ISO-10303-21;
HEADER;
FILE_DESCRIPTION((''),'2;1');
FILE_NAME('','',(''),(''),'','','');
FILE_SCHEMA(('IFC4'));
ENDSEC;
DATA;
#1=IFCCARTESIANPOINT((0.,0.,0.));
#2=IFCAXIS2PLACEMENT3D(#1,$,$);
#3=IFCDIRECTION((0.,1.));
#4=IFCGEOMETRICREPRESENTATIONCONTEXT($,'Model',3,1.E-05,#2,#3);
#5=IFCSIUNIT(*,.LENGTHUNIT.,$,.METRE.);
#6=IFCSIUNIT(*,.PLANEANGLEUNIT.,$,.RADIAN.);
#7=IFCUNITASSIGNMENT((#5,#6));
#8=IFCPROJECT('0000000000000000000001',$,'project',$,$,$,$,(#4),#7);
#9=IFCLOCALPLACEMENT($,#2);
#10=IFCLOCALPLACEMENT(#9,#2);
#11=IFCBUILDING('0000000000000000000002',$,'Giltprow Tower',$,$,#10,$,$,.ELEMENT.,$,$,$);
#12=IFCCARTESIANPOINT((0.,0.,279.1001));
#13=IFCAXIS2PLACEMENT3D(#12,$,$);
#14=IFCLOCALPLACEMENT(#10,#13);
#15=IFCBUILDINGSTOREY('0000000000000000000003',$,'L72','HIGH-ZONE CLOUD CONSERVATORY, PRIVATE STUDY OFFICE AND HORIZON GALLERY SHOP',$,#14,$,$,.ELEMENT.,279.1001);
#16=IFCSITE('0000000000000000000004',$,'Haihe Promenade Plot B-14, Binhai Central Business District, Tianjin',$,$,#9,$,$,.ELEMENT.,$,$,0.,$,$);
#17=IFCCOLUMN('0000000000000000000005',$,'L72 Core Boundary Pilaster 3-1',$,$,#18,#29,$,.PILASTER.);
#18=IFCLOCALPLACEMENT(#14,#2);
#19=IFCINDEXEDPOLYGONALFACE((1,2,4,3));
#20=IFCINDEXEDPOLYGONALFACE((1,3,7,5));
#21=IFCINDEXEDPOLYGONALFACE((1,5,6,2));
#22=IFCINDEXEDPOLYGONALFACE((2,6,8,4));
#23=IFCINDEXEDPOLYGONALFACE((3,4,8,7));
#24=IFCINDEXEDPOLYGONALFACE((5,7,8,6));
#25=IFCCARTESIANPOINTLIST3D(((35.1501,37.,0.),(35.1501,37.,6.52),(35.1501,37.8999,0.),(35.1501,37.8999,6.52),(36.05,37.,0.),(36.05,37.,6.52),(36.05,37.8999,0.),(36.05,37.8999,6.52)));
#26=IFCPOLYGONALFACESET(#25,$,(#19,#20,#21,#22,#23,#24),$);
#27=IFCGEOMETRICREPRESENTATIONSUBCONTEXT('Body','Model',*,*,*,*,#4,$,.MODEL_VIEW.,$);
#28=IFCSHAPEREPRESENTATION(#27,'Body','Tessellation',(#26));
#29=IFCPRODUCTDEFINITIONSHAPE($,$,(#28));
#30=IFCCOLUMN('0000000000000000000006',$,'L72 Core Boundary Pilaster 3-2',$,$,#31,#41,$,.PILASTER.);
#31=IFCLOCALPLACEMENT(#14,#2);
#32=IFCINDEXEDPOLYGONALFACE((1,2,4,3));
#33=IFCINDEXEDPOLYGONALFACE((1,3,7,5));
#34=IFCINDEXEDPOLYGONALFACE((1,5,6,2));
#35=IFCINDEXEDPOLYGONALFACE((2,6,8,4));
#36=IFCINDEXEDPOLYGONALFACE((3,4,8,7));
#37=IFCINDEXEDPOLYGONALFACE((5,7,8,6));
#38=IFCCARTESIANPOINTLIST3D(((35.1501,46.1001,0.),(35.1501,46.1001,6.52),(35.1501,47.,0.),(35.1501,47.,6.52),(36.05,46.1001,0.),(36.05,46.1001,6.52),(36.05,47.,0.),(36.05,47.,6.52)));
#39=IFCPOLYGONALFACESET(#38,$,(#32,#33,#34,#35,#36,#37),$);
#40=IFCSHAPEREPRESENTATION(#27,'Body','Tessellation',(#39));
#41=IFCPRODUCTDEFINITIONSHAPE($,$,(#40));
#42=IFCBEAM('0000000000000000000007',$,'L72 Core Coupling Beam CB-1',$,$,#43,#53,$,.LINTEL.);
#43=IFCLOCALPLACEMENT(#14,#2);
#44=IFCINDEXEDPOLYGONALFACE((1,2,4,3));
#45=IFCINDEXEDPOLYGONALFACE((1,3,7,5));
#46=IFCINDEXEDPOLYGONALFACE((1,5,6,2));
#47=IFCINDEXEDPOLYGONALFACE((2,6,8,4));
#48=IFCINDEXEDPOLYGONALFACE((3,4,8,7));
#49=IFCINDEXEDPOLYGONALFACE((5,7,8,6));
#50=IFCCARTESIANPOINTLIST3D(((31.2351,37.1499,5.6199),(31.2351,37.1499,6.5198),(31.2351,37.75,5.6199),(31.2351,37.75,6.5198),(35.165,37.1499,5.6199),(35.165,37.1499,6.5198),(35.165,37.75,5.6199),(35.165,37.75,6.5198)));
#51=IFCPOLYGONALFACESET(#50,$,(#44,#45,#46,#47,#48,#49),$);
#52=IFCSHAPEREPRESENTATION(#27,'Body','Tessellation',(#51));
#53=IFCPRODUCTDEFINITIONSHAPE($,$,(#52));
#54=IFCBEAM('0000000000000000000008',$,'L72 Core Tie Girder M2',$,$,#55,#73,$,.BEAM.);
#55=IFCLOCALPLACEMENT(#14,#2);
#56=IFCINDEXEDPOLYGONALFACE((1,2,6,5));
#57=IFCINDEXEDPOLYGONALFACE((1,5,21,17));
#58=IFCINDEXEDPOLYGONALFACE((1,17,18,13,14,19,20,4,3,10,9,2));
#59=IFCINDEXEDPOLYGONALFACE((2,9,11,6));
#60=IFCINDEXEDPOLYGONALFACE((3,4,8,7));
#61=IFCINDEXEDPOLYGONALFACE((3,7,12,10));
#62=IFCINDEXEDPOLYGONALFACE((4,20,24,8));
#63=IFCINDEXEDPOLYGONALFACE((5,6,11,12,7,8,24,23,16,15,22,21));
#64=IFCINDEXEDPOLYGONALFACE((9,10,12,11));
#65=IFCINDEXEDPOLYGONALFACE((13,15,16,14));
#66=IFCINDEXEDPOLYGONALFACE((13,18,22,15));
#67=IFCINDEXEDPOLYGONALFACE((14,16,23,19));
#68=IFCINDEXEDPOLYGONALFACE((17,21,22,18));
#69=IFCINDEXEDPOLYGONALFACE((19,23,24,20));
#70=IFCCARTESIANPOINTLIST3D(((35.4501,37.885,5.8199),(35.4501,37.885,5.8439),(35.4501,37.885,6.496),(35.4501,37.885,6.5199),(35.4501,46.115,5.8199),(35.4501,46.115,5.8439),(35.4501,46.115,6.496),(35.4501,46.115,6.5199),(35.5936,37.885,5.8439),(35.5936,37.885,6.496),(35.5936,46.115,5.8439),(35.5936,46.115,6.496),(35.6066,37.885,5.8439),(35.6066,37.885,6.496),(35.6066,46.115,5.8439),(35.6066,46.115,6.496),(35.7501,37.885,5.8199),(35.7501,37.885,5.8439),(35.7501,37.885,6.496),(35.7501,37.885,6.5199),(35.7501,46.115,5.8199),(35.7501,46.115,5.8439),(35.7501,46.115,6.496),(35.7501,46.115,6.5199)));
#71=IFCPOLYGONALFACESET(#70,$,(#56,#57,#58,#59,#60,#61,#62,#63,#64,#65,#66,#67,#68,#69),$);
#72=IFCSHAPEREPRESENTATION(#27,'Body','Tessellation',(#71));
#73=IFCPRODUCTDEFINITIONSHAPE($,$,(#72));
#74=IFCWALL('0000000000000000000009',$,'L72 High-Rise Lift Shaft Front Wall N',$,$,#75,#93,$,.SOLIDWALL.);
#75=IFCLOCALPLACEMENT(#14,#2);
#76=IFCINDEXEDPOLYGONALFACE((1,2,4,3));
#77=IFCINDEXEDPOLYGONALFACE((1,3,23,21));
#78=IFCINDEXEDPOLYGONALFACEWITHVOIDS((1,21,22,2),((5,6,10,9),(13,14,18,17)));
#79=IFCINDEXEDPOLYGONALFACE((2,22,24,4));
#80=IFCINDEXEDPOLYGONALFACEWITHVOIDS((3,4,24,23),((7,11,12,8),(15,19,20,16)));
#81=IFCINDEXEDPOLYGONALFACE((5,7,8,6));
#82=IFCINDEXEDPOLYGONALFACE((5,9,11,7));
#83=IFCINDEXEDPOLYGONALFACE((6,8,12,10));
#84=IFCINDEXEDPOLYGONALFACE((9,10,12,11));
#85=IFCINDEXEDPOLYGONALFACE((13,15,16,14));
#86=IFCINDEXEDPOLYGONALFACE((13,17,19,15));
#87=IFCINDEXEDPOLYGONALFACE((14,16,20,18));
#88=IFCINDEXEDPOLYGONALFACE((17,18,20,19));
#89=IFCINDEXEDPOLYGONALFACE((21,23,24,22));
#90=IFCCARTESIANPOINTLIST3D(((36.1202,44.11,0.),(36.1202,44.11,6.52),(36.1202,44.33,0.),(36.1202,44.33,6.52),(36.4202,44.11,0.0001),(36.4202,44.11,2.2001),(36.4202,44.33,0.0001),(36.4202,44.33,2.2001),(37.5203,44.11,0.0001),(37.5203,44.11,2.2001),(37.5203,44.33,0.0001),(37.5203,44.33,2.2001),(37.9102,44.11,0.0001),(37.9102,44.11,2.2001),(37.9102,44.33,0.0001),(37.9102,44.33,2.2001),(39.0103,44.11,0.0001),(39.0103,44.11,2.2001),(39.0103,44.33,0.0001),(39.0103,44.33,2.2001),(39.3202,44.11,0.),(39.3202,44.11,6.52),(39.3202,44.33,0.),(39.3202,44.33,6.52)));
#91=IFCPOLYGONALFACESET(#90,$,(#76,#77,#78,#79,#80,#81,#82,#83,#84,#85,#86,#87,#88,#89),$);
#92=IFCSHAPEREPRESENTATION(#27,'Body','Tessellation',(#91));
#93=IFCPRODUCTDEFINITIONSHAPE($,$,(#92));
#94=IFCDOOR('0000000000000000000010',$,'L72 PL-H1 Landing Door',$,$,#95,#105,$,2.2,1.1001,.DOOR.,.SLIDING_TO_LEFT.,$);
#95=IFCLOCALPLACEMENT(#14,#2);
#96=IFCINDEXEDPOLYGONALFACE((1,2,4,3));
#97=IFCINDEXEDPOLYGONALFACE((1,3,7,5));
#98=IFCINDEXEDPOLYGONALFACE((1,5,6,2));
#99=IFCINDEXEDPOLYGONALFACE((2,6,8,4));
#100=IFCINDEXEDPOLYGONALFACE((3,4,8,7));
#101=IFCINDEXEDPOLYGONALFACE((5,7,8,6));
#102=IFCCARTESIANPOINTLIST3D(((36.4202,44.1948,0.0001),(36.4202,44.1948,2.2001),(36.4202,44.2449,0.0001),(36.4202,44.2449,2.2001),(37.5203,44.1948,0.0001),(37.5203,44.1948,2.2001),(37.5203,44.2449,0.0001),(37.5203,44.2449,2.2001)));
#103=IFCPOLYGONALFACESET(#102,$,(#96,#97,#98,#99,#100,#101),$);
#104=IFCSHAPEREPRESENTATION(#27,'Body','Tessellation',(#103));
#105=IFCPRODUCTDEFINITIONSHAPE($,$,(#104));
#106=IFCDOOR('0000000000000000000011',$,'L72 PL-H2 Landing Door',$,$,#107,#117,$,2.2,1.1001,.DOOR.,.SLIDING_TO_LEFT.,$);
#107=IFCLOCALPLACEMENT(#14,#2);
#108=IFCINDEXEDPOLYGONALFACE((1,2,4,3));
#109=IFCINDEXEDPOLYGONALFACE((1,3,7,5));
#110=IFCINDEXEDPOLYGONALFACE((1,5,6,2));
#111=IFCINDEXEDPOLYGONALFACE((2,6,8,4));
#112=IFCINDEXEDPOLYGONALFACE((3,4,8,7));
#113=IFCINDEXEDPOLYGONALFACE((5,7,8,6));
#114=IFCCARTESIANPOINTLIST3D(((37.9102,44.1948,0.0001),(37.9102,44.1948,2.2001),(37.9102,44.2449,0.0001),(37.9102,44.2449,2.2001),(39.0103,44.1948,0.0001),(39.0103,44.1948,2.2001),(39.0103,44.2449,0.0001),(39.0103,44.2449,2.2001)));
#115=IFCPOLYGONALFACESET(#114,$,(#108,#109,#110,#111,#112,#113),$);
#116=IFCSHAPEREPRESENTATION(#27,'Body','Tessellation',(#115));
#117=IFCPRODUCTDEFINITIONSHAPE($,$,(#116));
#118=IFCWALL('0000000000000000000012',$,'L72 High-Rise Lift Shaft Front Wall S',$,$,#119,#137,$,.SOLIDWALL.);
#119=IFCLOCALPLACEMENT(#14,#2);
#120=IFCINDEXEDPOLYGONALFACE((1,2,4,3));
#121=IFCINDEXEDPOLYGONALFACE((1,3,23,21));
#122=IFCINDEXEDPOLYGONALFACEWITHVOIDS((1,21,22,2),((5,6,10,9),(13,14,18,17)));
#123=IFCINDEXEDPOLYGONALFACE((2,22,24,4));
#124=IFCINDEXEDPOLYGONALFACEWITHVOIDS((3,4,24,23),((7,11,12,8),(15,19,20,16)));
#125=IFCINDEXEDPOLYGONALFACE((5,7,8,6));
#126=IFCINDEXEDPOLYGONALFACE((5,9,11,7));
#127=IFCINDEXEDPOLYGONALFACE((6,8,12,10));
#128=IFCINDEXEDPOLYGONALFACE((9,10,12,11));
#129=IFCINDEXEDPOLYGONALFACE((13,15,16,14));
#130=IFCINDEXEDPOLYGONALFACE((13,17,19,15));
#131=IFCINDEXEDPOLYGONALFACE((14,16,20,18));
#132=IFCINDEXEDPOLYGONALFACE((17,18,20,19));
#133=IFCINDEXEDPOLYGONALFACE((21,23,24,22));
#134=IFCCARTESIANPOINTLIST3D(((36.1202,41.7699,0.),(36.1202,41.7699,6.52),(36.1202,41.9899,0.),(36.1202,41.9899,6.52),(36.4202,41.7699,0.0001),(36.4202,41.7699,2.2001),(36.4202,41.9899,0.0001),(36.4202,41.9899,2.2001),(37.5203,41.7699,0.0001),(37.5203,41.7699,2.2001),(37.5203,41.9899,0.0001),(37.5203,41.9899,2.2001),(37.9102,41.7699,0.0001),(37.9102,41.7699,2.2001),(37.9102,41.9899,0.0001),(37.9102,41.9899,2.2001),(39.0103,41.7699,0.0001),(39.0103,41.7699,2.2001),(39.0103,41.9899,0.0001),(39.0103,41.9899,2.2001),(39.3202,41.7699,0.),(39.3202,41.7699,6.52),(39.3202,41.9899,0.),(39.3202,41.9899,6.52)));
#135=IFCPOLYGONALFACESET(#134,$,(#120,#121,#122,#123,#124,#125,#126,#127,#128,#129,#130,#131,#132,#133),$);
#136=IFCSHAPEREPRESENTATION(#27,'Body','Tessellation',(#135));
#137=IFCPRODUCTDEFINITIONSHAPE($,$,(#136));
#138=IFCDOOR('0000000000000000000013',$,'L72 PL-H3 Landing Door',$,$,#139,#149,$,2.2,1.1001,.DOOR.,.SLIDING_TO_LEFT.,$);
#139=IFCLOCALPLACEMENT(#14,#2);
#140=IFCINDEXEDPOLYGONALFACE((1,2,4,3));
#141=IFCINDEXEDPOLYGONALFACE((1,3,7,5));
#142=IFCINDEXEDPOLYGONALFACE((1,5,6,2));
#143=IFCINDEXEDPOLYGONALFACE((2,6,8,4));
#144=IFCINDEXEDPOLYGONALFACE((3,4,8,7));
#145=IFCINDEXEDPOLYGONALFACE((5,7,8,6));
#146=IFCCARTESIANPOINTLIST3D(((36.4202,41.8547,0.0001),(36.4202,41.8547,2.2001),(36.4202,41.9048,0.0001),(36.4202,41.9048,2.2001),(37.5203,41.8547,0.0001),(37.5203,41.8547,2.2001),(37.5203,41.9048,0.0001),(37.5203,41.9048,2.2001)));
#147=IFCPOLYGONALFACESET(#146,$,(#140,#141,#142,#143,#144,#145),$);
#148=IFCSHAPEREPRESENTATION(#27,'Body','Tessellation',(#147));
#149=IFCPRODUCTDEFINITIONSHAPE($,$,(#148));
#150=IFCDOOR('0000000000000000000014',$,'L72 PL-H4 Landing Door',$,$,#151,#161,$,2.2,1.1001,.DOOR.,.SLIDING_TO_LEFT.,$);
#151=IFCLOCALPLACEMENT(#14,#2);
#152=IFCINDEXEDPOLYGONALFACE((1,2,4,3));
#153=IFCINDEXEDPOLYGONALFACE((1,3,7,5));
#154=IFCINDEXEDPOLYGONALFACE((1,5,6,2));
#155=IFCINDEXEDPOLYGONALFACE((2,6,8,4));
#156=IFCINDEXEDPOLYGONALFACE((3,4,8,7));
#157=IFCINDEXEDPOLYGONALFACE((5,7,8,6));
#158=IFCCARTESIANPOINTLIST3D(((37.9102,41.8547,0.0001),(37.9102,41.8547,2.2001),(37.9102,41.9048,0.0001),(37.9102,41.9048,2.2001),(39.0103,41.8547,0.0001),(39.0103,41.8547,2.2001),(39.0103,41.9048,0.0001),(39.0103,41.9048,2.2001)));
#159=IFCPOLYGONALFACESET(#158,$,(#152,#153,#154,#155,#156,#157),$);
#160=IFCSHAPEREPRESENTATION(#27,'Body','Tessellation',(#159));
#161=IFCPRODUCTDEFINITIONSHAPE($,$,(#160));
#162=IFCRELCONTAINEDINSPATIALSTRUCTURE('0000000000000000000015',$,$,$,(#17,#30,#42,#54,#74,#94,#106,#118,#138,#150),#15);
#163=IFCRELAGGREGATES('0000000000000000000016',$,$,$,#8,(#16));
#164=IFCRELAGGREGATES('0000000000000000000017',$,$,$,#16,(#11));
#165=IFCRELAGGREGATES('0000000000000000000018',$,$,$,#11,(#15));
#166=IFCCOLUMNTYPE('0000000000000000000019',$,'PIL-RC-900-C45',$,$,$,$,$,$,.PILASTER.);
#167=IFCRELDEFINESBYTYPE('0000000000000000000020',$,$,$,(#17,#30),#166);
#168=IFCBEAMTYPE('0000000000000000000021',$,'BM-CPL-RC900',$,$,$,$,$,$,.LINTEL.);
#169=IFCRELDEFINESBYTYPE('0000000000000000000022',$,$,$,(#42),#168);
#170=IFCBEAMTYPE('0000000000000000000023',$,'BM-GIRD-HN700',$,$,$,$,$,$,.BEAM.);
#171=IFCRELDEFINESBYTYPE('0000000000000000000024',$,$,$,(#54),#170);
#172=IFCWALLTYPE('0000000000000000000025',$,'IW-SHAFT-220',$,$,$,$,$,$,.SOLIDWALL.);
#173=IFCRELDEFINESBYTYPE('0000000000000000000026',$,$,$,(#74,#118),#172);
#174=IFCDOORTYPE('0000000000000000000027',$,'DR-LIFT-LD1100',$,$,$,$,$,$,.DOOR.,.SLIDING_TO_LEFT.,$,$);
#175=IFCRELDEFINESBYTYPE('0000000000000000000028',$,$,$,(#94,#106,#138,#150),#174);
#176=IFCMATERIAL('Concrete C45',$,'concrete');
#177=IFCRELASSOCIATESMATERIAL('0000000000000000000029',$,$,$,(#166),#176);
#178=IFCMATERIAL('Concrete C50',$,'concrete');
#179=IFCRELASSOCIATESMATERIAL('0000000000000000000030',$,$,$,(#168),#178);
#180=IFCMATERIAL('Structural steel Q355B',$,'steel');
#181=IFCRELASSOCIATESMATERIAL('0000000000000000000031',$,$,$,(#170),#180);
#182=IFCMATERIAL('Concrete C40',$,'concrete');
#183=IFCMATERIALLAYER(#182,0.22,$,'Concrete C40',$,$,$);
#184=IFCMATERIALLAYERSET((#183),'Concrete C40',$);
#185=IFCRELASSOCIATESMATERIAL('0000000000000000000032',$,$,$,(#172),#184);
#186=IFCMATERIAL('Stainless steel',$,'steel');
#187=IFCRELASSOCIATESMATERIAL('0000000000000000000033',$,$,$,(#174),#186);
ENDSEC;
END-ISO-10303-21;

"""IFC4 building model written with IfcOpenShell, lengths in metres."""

from ifc_helpers import new_model, si_unit, direction, frame, frame_2d, origin, origin_2d, place, context, subcontext, project, spatial, rectangle, i_section, extrude, source, transform, mapped, material, layer, layer_set, material_profile, profile_set, type_object, element, fill, save


model = new_model("IFC4")

# Units and contexts
model_context = context("Model", 3, precision=1e-05, world=origin(), true_north=direction((0.0, 1.0)))
body_context = subcontext(model_context, "Body", "Model", "MODEL_VIEW")
ifc_project = project(units=[si_unit("LENGTHUNIT", "METRE"), si_unit("PLANEANGLEUNIT", "RADIAN")], contexts=[model_context])

# Site, building, storey
site_placement = place(None, origin())
site = spatial("IfcSite", under=ifc_project, at=site_placement, Name="Haihe Promenade Plot B-14, Binhai Central Business District, Tianjin", CompositionType="ELEMENT", RefElevation=0.0)
building_placement = place(site_placement, origin())
building = spatial("IfcBuilding", under=site, at=building_placement, Name="Giltprow Tower", CompositionType="ELEMENT")
storey_placement = place(building_placement, frame((0.0, 0.0, 279.1001)))
storey = spatial("IfcBuildingStorey", under=building, at=storey_placement, Name="L72", Description="HIGH-ZONE CLOUD CONSERVATORY, PRIVATE STUDY OFFICE AND HORIZON GALLERY SHOP", CompositionType="ELEMENT", Elevation=279.1001)

# Columns
ifc_material_1 = material(Name="Concrete C45", Category="concrete")
ifc_material_profile_1 = material_profile(ifc_material_1, rectangle(XDim=0.8999, YDim=0.8999, at=origin_2d()), Name="RC 900x900")
ifc_profile_set_1 = profile_set([ifc_material_profile_1], Name="Concrete C45")
column_type = type_object("IfcColumnType", Name="PIL-RC-900-C45", PredefinedType="PILASTER", material=ifc_profile_set_1)
shared_shape_1 = source(origin(), body_context, "Body", "SweptSolid", [
    extrude(rectangle(XDim=0.8999, YDim=0.8999, at=origin_2d()), origin(), (0.0, 0.0, 1.0), 6.52),
])
for number, where, z_axis, x_axis, name in (
    (1, (35.6001, 37.45, 0.0), (0.0, 0.0, 1.0), (1.0, 0.0, 0.0), "L72 Core Boundary Pilaster 3-1"),
    (2, (35.6001, 46.55, 0.0), (0.0, 0.0, 1.0), (1.0, 0.0, 0.0), "L72 Core Boundary Pilaster 3-2"),
):
    element("IfcColumn", number, at=place(storey_placement, frame(where, z_axis=z_axis, x_axis=x_axis)), inside=storey, type_object=column_type, Name=name, PredefinedType="PILASTER", context=body_context, shape_type="MappedRepresentation", body=[
        mapped(shared_shape_1, transform((0.0, 0.0, 0.0), x_axis=(1.0, 0.0, 0.0), y_axis=(0.0, 1.0, 0.0), z_axis=(0.0, 0.0, 1.0), scale=1.0)),
    ])

# Beams
ifc_material_2 = material(Name="Concrete C50", Category="concrete")
ifc_material_profile_2 = material_profile(ifc_material_2, rectangle(XDim=0.6001, YDim=0.8999, at=origin_2d()), Name="RC 900x600")
ifc_profile_set_2 = profile_set([ifc_material_profile_2], Name="Concrete C50")
beam_type_1 = type_object("IfcBeamType", Name="BM-CPL-RC900", PredefinedType="LINTEL", material=ifc_profile_set_2)
shared_shape_2 = source(origin(), body_context, "Body", "SweptSolid", [
    extrude(rectangle(XDim=0.6001, YDim=0.8999, at=origin_2d()), origin(), (0.0, 0.0, 1.0), 3.9299),
])
beam_1_placement = place(storey_placement, frame((31.2351, 37.45, 6.0698), z_axis=(1.0, 0.0, 0.0), x_axis=(0.0, 1.0, 0.0)))
element("IfcBeam", 3, at=beam_1_placement, inside=storey, type_object=beam_type_1, Name="L72 Core Coupling Beam CB-1", PredefinedType="LINTEL", context=body_context, shape_type="MappedRepresentation", body=[
    mapped(shared_shape_2, transform((0.0, 0.0, 0.0), x_axis=(1.0, 0.0, 0.0), y_axis=(0.0, 1.0, 0.0), z_axis=(0.0, 0.0, 1.0), scale=1.0)),
])
ifc_material_3 = material(Name="Structural steel Q355B", Category="steel")
ifc_material_profile_3 = material_profile(ifc_material_3, i_section(OverallWidth=0.3, OverallDepth=0.7, WebThickness=0.0129, FlangeThickness=0.0239, at=origin_2d()), Name="HN 700x300x13x24")
ifc_profile_set_3 = profile_set([ifc_material_profile_3], Name="Structural steel Q355B")
beam_type_2 = type_object("IfcBeamType", Name="BM-GIRD-HN700", PredefinedType="BEAM", material=ifc_profile_set_3)
shared_shape_3 = source(origin(), body_context, "Body", "SweptSolid", [
    extrude(i_section(OverallWidth=0.3, OverallDepth=0.7, WebThickness=0.0129, FlangeThickness=0.0239, at=origin_2d()), origin(), (0.0, 0.0, 1.0), 8.23),
])
beam_2_placement = place(storey_placement, frame((35.6001, 37.885, 6.1699), z_axis=(0.0, 1.0, 0.0), x_axis=(-1.0, 0.0, 0.0)))
element("IfcBeam", 4, at=beam_2_placement, inside=storey, type_object=beam_type_2, Name="L72 Core Tie Girder M2", PredefinedType="BEAM", context=body_context, shape_type="MappedRepresentation", body=[
    mapped(shared_shape_3, transform((0.0, 0.0, 0.0), x_axis=(1.0, 0.0, 0.0), y_axis=(0.0, 1.0, 0.0), z_axis=(0.0, 0.0, 1.0), scale=1.0)),
])

# Walls, openings, doors
ifc_material_4 = material(Name="Concrete C40", Category="concrete")
ifc_layer_1 = layer(ifc_material_4, 0.22, Name="Concrete C40")
ifc_layer_set_1 = layer_set([ifc_layer_1], Name="Concrete C40")
wall_type_1 = type_object("IfcWallType", Name="IW-SHAFT-220", PredefinedType="SOLIDWALL", material=ifc_layer_set_1)
wall_1_placement = place(storey_placement, frame((36.1201, 44.22, 0.0), z_axis=(0.0, 0.0, 1.0), x_axis=(1.0, 0.0, 0.0)))
wall_1 = element("IfcWall", 5, at=wall_1_placement, inside=storey, type_object=wall_type_1, Name="L72 High-Rise Lift Shaft Front Wall N", PredefinedType="SOLIDWALL", context=body_context, shape_type="SweptSolid", body=[
    extrude(rectangle(XDim=3.2, YDim=0.22, at=frame_2d((1.6001, 0.0))), origin(), (0.0, 0.0, 1.0), 6.52),
])
opening_1_placement = place(wall_1_placement, frame((0.3, 0.0, 0.0)))
opening_1 = element("IfcOpeningElement", 6, at=opening_1_placement, cuts=wall_1, PredefinedType="OPENING", context=body_context, shape_type="SweptSolid", body=[
    extrude(rectangle(XDim=1.1001, YDim=2.2, at=frame_2d((0.55, 1.1001))), frame((0.0, 0.1199, 0.0), z_axis=(0.0, -1.0, 0.0), x_axis=(1.0, 0.0, 0.0)), (0.0, 0.0, 1.0), 0.24),
])
opening_2_placement = place(wall_1_placement, frame((1.79, 0.0, 0.0)))
opening_2 = element("IfcOpeningElement", 7, at=opening_2_placement, cuts=wall_1, PredefinedType="OPENING", context=body_context, shape_type="SweptSolid", body=[
    extrude(rectangle(XDim=1.1001, YDim=2.2, at=frame_2d((0.55, 1.1001))), frame((0.0, 0.1199, 0.0), z_axis=(0.0, -1.0, 0.0), x_axis=(1.0, 0.0, 0.0)), (0.0, 0.0, 1.0), 0.24),
])
ifc_material_5 = material(Name="Stainless steel", Category="steel")
door_type_1 = type_object("IfcDoorType", Name="DR-LIFT-LD1100", OperationType="SLIDING_TO_LEFT", PredefinedType="DOOR", material=ifc_material_5)
shared_shape_4 = source(origin(), body_context, "Body", "SweptSolid", [
    extrude(rectangle(XDim=1.1001, YDim=2.2, at=frame_2d((0.55, 1.1001))), frame((0.0, 0.0249, 0.0), z_axis=(0.0, -1.0, 0.0), x_axis=(1.0, 0.0, 0.0)), (0.0, 0.0, 1.0), 0.05),
])
door_1_placement = place(opening_1_placement, origin())
door_1 = element("IfcDoor", 8, at=door_1_placement, inside=storey, type_object=door_type_1, Name="L72 PL-H1 Landing Door", OperationType="SLIDING_TO_LEFT", OverallHeight=2.2, OverallWidth=1.1001, PredefinedType="DOOR", context=body_context, shape_type="MappedRepresentation", body=[
    mapped(shared_shape_4, transform((0.0, 0.0, 0.0), x_axis=(1.0, 0.0, 0.0), y_axis=(0.0, 1.0, 0.0), z_axis=(0.0, 0.0, 1.0), scale=1.0)),
])
fill(opening_1, door_1)
door_2_placement = place(opening_2_placement, origin())
door_2 = element("IfcDoor", 9, at=door_2_placement, inside=storey, type_object=door_type_1, Name="L72 PL-H2 Landing Door", OperationType="SLIDING_TO_LEFT", OverallHeight=2.2, OverallWidth=1.1001, PredefinedType="DOOR", context=body_context, shape_type="MappedRepresentation", body=[
    mapped(shared_shape_4, transform((0.0, 0.0, 0.0), x_axis=(1.0, 0.0, 0.0), y_axis=(0.0, 1.0, 0.0), z_axis=(0.0, 0.0, 1.0), scale=1.0)),
])
fill(opening_2, door_2)
wall_2_placement = place(storey_placement, frame((36.1201, 41.8799, 0.0), z_axis=(0.0, 0.0, 1.0), x_axis=(1.0, 0.0, 0.0)))
wall_2 = element("IfcWall", 10, at=wall_2_placement, inside=storey, type_object=wall_type_1, Name="L72 High-Rise Lift Shaft Front Wall S", PredefinedType="SOLIDWALL", context=body_context, shape_type="SweptSolid", body=[
    extrude(rectangle(XDim=3.2, YDim=0.22, at=frame_2d((1.6001, 0.0))), origin(), (0.0, 0.0, 1.0), 6.52),
])
opening_3_placement = place(wall_2_placement, frame((0.3, 0.0, 0.0)))
opening_3 = element("IfcOpeningElement", 11, at=opening_3_placement, cuts=wall_2, PredefinedType="OPENING", context=body_context, shape_type="SweptSolid", body=[
    extrude(rectangle(XDim=1.1001, YDim=2.2, at=frame_2d((0.55, 1.1001))), frame((0.0, 0.1199, 0.0), z_axis=(0.0, -1.0, 0.0), x_axis=(1.0, 0.0, 0.0)), (0.0, 0.0, 1.0), 0.24),
])
opening_4_placement = place(wall_2_placement, frame((1.79, 0.0, 0.0)))
opening_4 = element("IfcOpeningElement", 12, at=opening_4_placement, cuts=wall_2, PredefinedType="OPENING", context=body_context, shape_type="SweptSolid", body=[
    extrude(rectangle(XDim=1.1001, YDim=2.2, at=frame_2d((0.55, 1.1001))), frame((0.0, 0.1199, 0.0), z_axis=(0.0, -1.0, 0.0), x_axis=(1.0, 0.0, 0.0)), (0.0, 0.0, 1.0), 0.24),
])
door_3_placement = place(opening_3_placement, origin())
door_3 = element("IfcDoor", 13, at=door_3_placement, inside=storey, type_object=door_type_1, Name="L72 PL-H3 Landing Door", OperationType="SLIDING_TO_LEFT", OverallHeight=2.2, OverallWidth=1.1001, PredefinedType="DOOR", context=body_context, shape_type="MappedRepresentation", body=[
    mapped(shared_shape_4, transform((0.0, 0.0, 0.0), x_axis=(1.0, 0.0, 0.0), y_axis=(0.0, 1.0, 0.0), z_axis=(0.0, 0.0, 1.0), scale=1.0)),
])
fill(opening_3, door_3)
door_4_placement = place(opening_4_placement, origin())
door_4 = element("IfcDoor", 14, at=door_4_placement, inside=storey, type_object=door_type_1, Name="L72 PL-H4 Landing Door", OperationType="SLIDING_TO_LEFT", OverallHeight=2.2, OverallWidth=1.1001, PredefinedType="DOOR", context=body_context, shape_type="MappedRepresentation", body=[
    mapped(shared_shape_4, transform((0.0, 0.0, 0.0), x_axis=(1.0, 0.0, 0.0), y_axis=(0.0, 1.0, 0.0), z_axis=(0.0, 0.0, 1.0), scale=1.0)),
])
fill(opening_4, door_4)

save(model, "model.ifc")
